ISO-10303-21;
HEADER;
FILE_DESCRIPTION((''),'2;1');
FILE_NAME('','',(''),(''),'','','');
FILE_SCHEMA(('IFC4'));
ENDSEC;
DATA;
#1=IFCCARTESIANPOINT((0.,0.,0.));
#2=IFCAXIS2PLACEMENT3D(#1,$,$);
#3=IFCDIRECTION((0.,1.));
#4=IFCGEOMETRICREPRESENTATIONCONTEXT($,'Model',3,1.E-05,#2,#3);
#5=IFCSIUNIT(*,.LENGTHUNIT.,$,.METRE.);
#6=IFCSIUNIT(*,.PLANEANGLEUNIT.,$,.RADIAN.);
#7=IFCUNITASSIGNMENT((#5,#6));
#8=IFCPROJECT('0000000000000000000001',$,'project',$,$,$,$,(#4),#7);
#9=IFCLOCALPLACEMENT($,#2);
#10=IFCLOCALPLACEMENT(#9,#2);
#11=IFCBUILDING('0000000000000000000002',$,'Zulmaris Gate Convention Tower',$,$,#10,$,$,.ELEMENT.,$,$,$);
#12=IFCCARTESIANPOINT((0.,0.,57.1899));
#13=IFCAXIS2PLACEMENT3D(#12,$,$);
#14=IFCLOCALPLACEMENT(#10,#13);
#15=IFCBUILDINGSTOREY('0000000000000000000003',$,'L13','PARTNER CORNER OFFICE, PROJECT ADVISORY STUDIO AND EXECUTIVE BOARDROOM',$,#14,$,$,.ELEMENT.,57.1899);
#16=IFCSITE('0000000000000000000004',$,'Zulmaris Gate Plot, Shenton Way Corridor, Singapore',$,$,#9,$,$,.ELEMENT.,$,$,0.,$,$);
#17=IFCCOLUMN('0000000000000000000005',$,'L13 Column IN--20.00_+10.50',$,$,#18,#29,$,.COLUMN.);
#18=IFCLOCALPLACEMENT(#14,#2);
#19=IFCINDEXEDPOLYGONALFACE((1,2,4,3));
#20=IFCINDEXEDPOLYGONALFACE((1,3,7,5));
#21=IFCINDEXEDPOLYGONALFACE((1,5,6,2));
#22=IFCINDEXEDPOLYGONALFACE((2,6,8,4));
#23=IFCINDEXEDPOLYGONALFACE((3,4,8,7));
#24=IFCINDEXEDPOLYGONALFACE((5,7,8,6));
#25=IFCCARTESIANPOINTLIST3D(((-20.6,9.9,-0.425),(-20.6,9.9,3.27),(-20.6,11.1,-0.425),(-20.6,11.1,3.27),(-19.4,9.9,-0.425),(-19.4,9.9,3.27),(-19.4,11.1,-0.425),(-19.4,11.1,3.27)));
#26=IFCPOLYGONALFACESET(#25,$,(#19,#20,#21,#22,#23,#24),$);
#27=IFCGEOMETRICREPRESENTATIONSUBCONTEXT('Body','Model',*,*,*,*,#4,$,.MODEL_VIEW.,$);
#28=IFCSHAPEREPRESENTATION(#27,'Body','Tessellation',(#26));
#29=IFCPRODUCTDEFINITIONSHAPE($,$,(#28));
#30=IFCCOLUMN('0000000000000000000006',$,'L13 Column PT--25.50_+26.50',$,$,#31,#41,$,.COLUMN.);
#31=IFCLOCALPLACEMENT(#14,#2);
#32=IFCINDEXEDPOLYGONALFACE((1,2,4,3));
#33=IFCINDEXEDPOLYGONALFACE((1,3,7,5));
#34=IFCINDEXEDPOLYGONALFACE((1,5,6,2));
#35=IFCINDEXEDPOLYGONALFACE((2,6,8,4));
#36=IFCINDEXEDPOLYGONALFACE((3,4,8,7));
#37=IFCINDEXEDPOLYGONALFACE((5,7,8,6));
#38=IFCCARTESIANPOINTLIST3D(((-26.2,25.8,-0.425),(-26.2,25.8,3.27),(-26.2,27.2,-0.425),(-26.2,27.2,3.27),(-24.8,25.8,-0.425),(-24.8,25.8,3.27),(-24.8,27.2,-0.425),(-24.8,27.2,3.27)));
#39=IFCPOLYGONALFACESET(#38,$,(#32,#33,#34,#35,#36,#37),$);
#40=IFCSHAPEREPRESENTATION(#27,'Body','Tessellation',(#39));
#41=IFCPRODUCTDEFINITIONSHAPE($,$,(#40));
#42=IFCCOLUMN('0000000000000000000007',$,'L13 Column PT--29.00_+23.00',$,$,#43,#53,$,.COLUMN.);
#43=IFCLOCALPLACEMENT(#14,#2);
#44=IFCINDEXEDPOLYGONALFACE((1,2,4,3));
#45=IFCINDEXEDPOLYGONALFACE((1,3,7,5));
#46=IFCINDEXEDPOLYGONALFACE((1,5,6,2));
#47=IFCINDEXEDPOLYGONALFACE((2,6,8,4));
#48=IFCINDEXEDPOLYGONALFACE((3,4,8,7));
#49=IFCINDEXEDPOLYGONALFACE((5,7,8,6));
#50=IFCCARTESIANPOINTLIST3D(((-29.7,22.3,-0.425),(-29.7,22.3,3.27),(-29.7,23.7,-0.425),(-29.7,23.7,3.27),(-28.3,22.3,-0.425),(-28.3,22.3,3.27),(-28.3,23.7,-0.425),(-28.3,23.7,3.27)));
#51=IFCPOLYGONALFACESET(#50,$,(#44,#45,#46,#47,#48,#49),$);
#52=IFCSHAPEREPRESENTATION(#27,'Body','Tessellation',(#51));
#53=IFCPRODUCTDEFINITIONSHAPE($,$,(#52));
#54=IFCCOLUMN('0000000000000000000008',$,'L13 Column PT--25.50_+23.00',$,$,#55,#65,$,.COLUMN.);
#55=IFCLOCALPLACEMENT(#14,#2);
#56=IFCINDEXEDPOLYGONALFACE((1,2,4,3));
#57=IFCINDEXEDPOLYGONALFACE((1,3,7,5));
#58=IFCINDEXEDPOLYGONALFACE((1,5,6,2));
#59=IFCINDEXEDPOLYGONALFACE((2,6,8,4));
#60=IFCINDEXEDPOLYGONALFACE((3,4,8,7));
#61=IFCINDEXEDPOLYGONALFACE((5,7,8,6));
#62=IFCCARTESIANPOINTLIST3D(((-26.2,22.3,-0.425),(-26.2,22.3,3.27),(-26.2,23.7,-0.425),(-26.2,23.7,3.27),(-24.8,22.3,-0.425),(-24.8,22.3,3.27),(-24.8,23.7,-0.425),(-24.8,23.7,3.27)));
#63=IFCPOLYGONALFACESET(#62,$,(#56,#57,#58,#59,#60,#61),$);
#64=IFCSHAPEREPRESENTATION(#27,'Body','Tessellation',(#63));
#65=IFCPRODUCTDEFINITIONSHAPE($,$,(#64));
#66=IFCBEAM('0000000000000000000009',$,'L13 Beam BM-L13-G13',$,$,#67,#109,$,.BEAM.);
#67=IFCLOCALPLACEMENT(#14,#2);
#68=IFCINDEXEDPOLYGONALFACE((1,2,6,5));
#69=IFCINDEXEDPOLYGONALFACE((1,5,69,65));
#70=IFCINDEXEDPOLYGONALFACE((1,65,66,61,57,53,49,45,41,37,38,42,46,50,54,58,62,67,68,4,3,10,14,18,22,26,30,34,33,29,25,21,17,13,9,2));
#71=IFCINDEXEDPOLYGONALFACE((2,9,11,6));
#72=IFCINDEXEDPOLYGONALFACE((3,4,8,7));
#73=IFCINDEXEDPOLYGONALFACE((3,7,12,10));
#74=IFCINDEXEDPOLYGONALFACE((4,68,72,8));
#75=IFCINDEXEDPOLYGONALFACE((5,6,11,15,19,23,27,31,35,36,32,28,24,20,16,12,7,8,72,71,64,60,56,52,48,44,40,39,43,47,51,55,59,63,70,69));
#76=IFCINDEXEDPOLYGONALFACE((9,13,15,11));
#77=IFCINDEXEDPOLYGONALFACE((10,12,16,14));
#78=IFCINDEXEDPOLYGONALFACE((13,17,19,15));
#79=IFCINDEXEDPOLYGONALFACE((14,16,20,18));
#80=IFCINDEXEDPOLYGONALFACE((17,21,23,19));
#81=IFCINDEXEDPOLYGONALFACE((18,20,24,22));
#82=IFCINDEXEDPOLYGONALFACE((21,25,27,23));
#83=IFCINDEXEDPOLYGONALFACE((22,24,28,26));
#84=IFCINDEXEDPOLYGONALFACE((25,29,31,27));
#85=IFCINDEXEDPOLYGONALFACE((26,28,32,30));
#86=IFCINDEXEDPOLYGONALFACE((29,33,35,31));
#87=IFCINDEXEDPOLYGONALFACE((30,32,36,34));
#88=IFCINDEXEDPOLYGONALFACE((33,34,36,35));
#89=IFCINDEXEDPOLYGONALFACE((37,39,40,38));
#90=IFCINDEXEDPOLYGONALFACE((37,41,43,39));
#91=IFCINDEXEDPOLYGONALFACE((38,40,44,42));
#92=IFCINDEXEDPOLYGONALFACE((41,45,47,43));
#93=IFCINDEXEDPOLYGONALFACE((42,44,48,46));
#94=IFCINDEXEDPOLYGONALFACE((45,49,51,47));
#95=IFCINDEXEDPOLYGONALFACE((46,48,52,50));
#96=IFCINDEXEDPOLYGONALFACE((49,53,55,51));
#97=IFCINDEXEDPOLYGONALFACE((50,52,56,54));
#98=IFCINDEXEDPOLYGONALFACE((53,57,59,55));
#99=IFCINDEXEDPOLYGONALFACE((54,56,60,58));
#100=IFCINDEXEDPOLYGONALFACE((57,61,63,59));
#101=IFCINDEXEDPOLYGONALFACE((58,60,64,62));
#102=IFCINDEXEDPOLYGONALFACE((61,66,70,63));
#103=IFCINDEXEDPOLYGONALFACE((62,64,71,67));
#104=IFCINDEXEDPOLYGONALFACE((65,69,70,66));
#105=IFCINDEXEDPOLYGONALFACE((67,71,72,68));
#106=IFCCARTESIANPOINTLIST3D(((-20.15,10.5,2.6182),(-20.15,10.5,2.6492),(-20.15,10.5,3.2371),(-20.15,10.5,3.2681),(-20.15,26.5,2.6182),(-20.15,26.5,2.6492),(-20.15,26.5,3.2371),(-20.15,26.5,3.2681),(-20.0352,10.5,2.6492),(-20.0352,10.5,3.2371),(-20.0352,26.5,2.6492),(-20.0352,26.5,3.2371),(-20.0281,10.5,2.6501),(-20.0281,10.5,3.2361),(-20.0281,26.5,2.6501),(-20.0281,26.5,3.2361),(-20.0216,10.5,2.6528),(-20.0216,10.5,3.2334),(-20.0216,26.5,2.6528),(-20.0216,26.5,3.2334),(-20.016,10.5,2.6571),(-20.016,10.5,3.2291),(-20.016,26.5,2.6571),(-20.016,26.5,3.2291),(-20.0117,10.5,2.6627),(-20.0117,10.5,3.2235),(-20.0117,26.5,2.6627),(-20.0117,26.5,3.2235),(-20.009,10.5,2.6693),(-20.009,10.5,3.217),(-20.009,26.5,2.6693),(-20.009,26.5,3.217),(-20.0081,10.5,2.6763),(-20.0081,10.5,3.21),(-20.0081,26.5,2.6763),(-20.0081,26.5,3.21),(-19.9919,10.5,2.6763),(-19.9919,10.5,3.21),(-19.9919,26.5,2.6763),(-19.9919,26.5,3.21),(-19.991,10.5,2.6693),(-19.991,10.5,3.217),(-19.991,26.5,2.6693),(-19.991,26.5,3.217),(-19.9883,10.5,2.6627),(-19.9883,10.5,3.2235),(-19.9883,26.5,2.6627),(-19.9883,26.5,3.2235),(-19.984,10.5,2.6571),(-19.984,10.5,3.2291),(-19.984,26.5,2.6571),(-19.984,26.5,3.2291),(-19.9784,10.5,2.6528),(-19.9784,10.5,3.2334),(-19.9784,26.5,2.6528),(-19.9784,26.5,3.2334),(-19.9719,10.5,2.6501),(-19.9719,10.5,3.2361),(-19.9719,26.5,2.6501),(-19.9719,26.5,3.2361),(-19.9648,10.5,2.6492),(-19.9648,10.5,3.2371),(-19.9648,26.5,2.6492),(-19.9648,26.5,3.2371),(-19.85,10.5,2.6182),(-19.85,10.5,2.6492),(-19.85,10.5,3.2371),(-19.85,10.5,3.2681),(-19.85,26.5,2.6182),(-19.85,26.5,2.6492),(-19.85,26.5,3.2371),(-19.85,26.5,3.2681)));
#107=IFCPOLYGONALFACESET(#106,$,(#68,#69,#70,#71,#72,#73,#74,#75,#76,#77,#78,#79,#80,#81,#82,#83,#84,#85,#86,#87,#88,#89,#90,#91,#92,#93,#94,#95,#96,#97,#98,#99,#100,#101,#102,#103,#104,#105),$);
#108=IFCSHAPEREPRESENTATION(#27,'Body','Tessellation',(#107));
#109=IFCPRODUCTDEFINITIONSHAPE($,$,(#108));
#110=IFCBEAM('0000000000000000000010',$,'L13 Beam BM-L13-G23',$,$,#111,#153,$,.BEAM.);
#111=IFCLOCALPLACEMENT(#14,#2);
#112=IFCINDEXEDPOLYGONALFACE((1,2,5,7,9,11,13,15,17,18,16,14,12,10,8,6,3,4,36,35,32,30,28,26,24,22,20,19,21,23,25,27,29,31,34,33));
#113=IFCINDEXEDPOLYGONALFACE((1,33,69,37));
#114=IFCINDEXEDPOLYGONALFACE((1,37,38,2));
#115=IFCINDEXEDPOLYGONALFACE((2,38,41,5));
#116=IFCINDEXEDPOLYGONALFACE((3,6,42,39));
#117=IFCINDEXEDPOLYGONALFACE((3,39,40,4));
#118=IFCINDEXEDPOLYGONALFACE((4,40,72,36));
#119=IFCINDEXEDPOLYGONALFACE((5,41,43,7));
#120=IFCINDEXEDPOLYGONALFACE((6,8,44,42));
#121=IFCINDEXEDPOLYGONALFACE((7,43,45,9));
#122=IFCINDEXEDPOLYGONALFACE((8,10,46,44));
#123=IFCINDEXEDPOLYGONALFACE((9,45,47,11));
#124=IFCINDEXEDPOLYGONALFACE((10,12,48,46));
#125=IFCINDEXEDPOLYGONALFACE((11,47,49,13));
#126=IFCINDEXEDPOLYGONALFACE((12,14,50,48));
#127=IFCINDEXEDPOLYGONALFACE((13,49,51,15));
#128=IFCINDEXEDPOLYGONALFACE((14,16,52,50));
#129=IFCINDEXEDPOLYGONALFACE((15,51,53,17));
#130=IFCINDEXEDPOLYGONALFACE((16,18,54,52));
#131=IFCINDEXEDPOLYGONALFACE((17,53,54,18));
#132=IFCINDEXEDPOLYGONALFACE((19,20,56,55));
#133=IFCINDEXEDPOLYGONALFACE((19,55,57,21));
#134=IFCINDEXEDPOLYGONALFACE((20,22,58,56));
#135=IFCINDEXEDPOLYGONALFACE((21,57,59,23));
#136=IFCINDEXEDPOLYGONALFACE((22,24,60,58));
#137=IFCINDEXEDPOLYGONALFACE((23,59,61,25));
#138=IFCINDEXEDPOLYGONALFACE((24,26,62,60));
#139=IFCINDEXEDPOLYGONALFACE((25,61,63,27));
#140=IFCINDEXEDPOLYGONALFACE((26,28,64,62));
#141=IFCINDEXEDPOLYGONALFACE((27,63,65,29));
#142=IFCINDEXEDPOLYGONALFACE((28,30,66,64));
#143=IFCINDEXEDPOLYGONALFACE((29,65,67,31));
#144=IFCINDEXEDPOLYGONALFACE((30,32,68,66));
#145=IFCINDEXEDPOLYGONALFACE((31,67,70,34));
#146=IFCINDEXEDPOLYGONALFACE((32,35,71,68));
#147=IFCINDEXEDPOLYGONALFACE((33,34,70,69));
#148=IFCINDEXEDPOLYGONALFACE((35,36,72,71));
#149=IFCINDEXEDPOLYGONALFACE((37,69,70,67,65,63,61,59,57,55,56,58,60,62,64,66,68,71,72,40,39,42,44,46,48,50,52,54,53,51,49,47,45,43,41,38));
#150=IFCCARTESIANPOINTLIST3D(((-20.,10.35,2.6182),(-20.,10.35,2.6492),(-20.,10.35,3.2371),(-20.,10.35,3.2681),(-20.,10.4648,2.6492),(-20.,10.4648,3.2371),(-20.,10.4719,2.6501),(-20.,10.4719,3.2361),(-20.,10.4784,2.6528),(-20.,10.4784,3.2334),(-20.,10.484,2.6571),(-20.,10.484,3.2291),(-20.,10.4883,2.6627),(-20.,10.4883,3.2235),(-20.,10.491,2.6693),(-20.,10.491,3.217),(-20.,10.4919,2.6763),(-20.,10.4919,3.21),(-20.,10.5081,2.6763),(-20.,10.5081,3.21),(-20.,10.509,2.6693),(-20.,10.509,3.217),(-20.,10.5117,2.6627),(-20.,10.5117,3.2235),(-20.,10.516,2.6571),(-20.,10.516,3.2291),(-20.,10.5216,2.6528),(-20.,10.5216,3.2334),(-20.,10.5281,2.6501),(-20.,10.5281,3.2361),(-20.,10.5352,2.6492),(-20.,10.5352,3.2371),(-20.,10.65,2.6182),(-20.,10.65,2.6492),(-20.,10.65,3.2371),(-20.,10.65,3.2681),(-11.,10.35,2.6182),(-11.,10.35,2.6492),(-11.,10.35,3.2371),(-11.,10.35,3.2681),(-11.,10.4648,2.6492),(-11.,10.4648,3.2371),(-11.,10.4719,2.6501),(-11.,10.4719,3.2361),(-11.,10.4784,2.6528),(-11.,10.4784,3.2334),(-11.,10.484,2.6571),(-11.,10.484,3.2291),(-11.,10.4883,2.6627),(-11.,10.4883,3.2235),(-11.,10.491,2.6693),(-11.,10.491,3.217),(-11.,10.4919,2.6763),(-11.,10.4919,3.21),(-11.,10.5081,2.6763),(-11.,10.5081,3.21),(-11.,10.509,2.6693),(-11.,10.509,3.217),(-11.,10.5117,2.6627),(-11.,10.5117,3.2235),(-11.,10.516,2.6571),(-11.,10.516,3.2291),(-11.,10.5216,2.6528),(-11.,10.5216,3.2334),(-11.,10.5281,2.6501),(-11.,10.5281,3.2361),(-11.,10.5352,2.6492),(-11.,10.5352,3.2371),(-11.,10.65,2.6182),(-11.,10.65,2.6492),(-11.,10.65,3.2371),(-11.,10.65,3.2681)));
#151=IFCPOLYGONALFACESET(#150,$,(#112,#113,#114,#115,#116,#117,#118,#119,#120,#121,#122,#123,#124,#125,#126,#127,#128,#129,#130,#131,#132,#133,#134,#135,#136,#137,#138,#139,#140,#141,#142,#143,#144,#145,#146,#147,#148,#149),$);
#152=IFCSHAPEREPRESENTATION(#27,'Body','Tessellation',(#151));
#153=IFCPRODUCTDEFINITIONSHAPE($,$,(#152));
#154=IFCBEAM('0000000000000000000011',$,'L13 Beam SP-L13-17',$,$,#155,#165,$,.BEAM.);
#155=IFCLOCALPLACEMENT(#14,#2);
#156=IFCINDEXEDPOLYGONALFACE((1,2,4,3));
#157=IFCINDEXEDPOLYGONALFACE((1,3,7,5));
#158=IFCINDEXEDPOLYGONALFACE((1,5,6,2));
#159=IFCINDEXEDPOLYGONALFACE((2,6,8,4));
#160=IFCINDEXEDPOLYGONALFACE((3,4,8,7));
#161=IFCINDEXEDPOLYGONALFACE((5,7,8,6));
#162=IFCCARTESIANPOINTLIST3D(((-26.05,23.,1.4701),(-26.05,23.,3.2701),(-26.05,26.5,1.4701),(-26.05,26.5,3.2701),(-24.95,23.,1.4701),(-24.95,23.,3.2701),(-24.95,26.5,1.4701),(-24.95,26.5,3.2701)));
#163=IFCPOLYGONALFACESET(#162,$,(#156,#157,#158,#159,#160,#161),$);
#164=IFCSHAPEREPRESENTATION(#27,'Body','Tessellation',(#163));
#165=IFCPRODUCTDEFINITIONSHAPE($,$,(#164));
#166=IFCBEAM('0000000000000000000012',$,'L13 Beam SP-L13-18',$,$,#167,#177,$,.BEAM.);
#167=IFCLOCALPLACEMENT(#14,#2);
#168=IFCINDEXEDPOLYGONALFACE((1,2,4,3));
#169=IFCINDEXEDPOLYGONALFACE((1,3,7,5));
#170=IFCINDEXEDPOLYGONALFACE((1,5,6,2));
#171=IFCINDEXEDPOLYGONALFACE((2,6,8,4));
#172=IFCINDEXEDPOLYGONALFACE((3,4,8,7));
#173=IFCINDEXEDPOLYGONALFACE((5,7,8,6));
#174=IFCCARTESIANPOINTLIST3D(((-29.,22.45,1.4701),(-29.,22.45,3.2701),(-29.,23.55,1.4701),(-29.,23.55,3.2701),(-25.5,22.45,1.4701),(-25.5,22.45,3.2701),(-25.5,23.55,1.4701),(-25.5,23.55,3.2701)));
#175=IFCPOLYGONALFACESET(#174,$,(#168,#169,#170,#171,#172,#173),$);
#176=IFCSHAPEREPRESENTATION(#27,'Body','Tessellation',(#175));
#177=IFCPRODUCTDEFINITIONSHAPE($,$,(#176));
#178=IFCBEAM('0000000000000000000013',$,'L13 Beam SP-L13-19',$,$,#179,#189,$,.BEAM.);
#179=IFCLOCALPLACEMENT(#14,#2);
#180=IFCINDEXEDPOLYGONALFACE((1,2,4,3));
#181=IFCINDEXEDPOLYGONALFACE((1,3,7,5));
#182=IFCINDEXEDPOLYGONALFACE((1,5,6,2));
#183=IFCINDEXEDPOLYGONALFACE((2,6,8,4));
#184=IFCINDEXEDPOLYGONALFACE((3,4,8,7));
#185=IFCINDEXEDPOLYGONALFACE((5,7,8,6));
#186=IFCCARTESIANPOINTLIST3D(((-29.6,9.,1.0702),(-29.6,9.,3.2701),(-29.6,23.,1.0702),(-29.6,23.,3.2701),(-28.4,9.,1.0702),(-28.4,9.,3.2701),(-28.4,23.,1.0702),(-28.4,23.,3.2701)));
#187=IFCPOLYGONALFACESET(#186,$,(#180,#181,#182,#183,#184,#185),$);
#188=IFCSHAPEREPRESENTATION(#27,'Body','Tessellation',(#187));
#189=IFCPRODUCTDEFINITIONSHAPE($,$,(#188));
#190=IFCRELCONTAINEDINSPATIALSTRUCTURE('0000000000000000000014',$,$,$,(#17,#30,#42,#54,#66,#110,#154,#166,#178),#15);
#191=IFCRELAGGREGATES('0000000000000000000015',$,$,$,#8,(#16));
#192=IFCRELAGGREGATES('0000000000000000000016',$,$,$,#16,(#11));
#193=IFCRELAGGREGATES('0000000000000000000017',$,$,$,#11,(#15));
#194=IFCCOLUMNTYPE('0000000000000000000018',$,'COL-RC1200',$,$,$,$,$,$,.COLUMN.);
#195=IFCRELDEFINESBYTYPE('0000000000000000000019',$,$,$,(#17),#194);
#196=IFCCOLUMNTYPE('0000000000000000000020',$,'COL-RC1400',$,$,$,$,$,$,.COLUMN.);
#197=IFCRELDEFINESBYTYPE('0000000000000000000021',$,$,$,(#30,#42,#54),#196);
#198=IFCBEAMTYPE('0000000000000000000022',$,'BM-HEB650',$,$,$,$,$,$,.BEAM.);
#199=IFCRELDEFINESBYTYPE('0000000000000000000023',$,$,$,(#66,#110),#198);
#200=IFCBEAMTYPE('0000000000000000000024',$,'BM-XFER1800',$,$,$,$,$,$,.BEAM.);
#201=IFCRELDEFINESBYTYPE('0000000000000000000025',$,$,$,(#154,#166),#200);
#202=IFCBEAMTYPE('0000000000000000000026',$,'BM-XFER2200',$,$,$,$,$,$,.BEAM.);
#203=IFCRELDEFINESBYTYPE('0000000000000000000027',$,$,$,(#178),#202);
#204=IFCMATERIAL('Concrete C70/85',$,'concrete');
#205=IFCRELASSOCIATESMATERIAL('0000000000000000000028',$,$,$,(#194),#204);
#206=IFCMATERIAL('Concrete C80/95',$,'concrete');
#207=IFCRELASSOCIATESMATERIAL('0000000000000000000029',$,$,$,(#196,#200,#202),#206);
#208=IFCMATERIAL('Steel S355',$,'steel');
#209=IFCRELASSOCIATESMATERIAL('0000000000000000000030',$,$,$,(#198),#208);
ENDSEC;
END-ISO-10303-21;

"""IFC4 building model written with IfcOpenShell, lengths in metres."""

from ifc_helpers import new_model, si_unit, direction, frame, origin, origin_2d, place, context, subcontext, project, spatial, rectangle, i_section, extrude, material, material_profile, profile_set, type_object, element, save


model = new_model("IFC4")

# Units and contexts
model_context = context("Model", 3, precision=1e-05, world=origin(), true_north=direction((0.0, 1.0)))
body_context = subcontext(model_context, "Body", "Model", "MODEL_VIEW")
ifc_project = project(units=[si_unit("LENGTHUNIT", "METRE"), si_unit("PLANEANGLEUNIT", "RADIAN")], contexts=[model_context])

# Site, building, storey
site_placement = place(None, origin())
site = spatial("IfcSite", under=ifc_project, at=site_placement, Name="Zulmaris Gate Plot, Shenton Way Corridor, Singapore", CompositionType="ELEMENT", RefElevation=0.0)
building_placement = place(site_placement, origin())
building = spatial("IfcBuilding", under=site, at=building_placement, Name="Zulmaris Gate Convention Tower", CompositionType="ELEMENT")
storey_placement = place(building_placement, frame((0.0, 0.0, 57.1899)))
storey = spatial("IfcBuildingStorey", under=building, at=storey_placement, Name="L13", Description="PARTNER CORNER OFFICE, PROJECT ADVISORY STUDIO AND EXECUTIVE BOARDROOM", CompositionType="ELEMENT", Elevation=57.1899)

# Columns
ifc_material_1 = material(Name="Concrete C70/85", Category="concrete")
ifc_material_profile_1 = material_profile(ifc_material_1, rectangle(XDim=1.2, YDim=1.2, at=origin_2d()), Name="RC COL 1200x1200")
ifc_profile_set_1 = profile_set([ifc_material_profile_1], Name="Concrete C70/85")
column_type_1 = type_object("IfcColumnType", Name="COL-RC1200", PredefinedType="COLUMN", material=ifc_profile_set_1)
column_placement = place(storey_placement, frame((-20.0, 10.5, -0.425), z_axis=(0.0, 0.0, 1.0), x_axis=(1.0, 0.0, 0.0)))
element("IfcColumn", 1, at=column_placement, inside=storey, type_object=column_type_1, Name="L13 Column IN--20.00_+10.50", PredefinedType="COLUMN", context=body_context, shape_type="SweptSolid", body=[
    extrude(rectangle(XDim=1.2, YDim=1.2, at=origin_2d()), origin(), (0.0, 0.0, 1.0), 3.6951),
])
ifc_material_2 = material(Name="Concrete C80/95", Category="concrete")
ifc_material_profile_2 = material_profile(ifc_material_2, rectangle(XDim=1.3999, YDim=1.3999, at=origin_2d()), Name="RC COL 1400x1400")
ifc_profile_set_2 = profile_set([ifc_material_profile_2], Name="Concrete C80/95")
column_type_2 = type_object("IfcColumnType", Name="COL-RC1400", PredefinedType="COLUMN", material=ifc_profile_set_2)
for number, where, z_axis, x_axis, name in (
    (2, (-25.5, 26.5, -0.425), (0.0, 0.0, 1.0), (1.0, 0.0, 0.0), "L13 Column PT--25.50_+26.50"),
    (3, (-29.0, 23.0, -0.425), (0.0, 0.0, 1.0), (1.0, 0.0, 0.0), "L13 Column PT--29.00_+23.00"),
    (4, (-25.5, 23.0, -0.425), (0.0, 0.0, 1.0), (1.0, 0.0, 0.0), "L13 Column PT--25.50_+23.00"),
):
    element("IfcColumn", number, at=place(storey_placement, frame(where, z_axis=z_axis, x_axis=x_axis)), inside=storey, type_object=column_type_2, Name=name, PredefinedType="COLUMN", context=body_context, shape_type="SweptSolid", body=[
        extrude(rectangle(XDim=1.3999, YDim=1.3999, at=origin_2d()), origin(), (0.0, 0.0, 1.0), 3.6951),
    ])

# Beams
ifc_material_3 = material(Name="Steel S355", Category="steel")
ifc_material_profile_3 = material_profile(ifc_material_3, i_section(OverallWidth=0.3, OverallDepth=0.6499, WebThickness=0.0161, FlangeThickness=0.031, FilletRadius=0.0271, at=origin_2d()), Name="HEB 650")
ifc_profile_set_3 = profile_set([ifc_material_profile_3], Name="Steel S355")
beam_type_1 = type_object("IfcBeamType", Name="BM-HEB650", PredefinedType="BEAM", material=ifc_profile_set_3)
beam_1_placement = place(storey_placement, frame((-20.0, 10.5, 2.9431), z_axis=(0.0, 1.0, 0.0), x_axis=(-1.0, 0.0, 0.0)))
element("IfcBeam", 5, at=beam_1_placement, inside=storey, type_object=beam_type_1, Name="L13 Beam BM-L13-G13", PredefinedType="BEAM", context=body_context, shape_type="SweptSolid", body=[
    extrude(i_section(OverallWidth=0.3, OverallDepth=0.6499, WebThickness=0.0161, FlangeThickness=0.031, FilletRadius=0.0271, at=origin_2d()), origin(), (0.0, 0.0, 1.0), 16.0),
])
beam_2_placement = place(storey_placement, frame((-20.0, 10.5, 2.9431), z_axis=(1.0, 0.0, 0.0), x_axis=(0.0, 1.0, 0.0)))
element("IfcBeam", 6, at=beam_2_placement, inside=storey, type_object=beam_type_1, Name="L13 Beam BM-L13-G23", PredefinedType="BEAM", context=body_context, shape_type="SweptSolid", body=[
    extrude(i_section(OverallWidth=0.3, OverallDepth=0.6499, WebThickness=0.0161, FlangeThickness=0.031, FilletRadius=0.0271, at=origin_2d()), origin(), (0.0, 0.0, 1.0), 9.0),
])
ifc_material_profile_4 = material_profile(ifc_material_2, rectangle(XDim=1.1001, YDim=1.8, at=origin_2d()), Name="RC TRANSFER 1100x1800")
ifc_profile_set_4 = profile_set([ifc_material_profile_4], Name="Concrete C80/95")
beam_type_2 = type_object("IfcBeamType", Name="BM-XFER1800", PredefinedType="BEAM", material=ifc_profile_set_4)
for number, where, z_axis, x_axis, name in (
    (7, (-25.5, 26.5, 2.3701), (0.0, -1.0, 0.0), (1.0, 0.0, 0.0), "L13 Beam SP-L13-17"),
    (8, (-25.5, 23.0, 2.3701), (-1.0, 0.0, 0.0), (0.0, -1.0, 0.0), "L13 Beam SP-L13-18"),
):
    element("IfcBeam", number, at=place(storey_placement, frame(where, z_axis=z_axis, x_axis=x_axis)), inside=storey, type_object=beam_type_2, Name=name, PredefinedType="BEAM", context=body_context, shape_type="SweptSolid", body=[
        extrude(rectangle(XDim=1.1001, YDim=1.8, at=origin_2d()), origin(), (0.0, 0.0, 1.0), 3.5),
    ])
ifc_material_profile_5 = material_profile(ifc_material_2, rectangle(XDim=1.2, YDim=2.2, at=origin_2d()), Name="RC TRANSFER 1200x2200")
ifc_profile_set_5 = profile_set([ifc_material_profile_5], Name="Concrete C80/95")
beam_type_3 = type_object("IfcBeamType", Name="BM-XFER2200", PredefinedType="BEAM", material=ifc_profile_set_5)
beam_3_placement = place(storey_placement, frame((-29.0, 23.0, 2.1702), z_axis=(0.0, -1.0, 0.0), x_axis=(1.0, 0.0, 0.0)))
element("IfcBeam", 9, at=beam_3_placement, inside=storey, type_object=beam_type_3, Name="L13 Beam SP-L13-19", PredefinedType="BEAM", context=body_context, shape_type="SweptSolid", body=[
    extrude(rectangle(XDim=1.2, YDim=2.2, at=origin_2d()), origin(), (0.0, 0.0, 1.0), 14.0),
])

save(model, "model.ifc")
